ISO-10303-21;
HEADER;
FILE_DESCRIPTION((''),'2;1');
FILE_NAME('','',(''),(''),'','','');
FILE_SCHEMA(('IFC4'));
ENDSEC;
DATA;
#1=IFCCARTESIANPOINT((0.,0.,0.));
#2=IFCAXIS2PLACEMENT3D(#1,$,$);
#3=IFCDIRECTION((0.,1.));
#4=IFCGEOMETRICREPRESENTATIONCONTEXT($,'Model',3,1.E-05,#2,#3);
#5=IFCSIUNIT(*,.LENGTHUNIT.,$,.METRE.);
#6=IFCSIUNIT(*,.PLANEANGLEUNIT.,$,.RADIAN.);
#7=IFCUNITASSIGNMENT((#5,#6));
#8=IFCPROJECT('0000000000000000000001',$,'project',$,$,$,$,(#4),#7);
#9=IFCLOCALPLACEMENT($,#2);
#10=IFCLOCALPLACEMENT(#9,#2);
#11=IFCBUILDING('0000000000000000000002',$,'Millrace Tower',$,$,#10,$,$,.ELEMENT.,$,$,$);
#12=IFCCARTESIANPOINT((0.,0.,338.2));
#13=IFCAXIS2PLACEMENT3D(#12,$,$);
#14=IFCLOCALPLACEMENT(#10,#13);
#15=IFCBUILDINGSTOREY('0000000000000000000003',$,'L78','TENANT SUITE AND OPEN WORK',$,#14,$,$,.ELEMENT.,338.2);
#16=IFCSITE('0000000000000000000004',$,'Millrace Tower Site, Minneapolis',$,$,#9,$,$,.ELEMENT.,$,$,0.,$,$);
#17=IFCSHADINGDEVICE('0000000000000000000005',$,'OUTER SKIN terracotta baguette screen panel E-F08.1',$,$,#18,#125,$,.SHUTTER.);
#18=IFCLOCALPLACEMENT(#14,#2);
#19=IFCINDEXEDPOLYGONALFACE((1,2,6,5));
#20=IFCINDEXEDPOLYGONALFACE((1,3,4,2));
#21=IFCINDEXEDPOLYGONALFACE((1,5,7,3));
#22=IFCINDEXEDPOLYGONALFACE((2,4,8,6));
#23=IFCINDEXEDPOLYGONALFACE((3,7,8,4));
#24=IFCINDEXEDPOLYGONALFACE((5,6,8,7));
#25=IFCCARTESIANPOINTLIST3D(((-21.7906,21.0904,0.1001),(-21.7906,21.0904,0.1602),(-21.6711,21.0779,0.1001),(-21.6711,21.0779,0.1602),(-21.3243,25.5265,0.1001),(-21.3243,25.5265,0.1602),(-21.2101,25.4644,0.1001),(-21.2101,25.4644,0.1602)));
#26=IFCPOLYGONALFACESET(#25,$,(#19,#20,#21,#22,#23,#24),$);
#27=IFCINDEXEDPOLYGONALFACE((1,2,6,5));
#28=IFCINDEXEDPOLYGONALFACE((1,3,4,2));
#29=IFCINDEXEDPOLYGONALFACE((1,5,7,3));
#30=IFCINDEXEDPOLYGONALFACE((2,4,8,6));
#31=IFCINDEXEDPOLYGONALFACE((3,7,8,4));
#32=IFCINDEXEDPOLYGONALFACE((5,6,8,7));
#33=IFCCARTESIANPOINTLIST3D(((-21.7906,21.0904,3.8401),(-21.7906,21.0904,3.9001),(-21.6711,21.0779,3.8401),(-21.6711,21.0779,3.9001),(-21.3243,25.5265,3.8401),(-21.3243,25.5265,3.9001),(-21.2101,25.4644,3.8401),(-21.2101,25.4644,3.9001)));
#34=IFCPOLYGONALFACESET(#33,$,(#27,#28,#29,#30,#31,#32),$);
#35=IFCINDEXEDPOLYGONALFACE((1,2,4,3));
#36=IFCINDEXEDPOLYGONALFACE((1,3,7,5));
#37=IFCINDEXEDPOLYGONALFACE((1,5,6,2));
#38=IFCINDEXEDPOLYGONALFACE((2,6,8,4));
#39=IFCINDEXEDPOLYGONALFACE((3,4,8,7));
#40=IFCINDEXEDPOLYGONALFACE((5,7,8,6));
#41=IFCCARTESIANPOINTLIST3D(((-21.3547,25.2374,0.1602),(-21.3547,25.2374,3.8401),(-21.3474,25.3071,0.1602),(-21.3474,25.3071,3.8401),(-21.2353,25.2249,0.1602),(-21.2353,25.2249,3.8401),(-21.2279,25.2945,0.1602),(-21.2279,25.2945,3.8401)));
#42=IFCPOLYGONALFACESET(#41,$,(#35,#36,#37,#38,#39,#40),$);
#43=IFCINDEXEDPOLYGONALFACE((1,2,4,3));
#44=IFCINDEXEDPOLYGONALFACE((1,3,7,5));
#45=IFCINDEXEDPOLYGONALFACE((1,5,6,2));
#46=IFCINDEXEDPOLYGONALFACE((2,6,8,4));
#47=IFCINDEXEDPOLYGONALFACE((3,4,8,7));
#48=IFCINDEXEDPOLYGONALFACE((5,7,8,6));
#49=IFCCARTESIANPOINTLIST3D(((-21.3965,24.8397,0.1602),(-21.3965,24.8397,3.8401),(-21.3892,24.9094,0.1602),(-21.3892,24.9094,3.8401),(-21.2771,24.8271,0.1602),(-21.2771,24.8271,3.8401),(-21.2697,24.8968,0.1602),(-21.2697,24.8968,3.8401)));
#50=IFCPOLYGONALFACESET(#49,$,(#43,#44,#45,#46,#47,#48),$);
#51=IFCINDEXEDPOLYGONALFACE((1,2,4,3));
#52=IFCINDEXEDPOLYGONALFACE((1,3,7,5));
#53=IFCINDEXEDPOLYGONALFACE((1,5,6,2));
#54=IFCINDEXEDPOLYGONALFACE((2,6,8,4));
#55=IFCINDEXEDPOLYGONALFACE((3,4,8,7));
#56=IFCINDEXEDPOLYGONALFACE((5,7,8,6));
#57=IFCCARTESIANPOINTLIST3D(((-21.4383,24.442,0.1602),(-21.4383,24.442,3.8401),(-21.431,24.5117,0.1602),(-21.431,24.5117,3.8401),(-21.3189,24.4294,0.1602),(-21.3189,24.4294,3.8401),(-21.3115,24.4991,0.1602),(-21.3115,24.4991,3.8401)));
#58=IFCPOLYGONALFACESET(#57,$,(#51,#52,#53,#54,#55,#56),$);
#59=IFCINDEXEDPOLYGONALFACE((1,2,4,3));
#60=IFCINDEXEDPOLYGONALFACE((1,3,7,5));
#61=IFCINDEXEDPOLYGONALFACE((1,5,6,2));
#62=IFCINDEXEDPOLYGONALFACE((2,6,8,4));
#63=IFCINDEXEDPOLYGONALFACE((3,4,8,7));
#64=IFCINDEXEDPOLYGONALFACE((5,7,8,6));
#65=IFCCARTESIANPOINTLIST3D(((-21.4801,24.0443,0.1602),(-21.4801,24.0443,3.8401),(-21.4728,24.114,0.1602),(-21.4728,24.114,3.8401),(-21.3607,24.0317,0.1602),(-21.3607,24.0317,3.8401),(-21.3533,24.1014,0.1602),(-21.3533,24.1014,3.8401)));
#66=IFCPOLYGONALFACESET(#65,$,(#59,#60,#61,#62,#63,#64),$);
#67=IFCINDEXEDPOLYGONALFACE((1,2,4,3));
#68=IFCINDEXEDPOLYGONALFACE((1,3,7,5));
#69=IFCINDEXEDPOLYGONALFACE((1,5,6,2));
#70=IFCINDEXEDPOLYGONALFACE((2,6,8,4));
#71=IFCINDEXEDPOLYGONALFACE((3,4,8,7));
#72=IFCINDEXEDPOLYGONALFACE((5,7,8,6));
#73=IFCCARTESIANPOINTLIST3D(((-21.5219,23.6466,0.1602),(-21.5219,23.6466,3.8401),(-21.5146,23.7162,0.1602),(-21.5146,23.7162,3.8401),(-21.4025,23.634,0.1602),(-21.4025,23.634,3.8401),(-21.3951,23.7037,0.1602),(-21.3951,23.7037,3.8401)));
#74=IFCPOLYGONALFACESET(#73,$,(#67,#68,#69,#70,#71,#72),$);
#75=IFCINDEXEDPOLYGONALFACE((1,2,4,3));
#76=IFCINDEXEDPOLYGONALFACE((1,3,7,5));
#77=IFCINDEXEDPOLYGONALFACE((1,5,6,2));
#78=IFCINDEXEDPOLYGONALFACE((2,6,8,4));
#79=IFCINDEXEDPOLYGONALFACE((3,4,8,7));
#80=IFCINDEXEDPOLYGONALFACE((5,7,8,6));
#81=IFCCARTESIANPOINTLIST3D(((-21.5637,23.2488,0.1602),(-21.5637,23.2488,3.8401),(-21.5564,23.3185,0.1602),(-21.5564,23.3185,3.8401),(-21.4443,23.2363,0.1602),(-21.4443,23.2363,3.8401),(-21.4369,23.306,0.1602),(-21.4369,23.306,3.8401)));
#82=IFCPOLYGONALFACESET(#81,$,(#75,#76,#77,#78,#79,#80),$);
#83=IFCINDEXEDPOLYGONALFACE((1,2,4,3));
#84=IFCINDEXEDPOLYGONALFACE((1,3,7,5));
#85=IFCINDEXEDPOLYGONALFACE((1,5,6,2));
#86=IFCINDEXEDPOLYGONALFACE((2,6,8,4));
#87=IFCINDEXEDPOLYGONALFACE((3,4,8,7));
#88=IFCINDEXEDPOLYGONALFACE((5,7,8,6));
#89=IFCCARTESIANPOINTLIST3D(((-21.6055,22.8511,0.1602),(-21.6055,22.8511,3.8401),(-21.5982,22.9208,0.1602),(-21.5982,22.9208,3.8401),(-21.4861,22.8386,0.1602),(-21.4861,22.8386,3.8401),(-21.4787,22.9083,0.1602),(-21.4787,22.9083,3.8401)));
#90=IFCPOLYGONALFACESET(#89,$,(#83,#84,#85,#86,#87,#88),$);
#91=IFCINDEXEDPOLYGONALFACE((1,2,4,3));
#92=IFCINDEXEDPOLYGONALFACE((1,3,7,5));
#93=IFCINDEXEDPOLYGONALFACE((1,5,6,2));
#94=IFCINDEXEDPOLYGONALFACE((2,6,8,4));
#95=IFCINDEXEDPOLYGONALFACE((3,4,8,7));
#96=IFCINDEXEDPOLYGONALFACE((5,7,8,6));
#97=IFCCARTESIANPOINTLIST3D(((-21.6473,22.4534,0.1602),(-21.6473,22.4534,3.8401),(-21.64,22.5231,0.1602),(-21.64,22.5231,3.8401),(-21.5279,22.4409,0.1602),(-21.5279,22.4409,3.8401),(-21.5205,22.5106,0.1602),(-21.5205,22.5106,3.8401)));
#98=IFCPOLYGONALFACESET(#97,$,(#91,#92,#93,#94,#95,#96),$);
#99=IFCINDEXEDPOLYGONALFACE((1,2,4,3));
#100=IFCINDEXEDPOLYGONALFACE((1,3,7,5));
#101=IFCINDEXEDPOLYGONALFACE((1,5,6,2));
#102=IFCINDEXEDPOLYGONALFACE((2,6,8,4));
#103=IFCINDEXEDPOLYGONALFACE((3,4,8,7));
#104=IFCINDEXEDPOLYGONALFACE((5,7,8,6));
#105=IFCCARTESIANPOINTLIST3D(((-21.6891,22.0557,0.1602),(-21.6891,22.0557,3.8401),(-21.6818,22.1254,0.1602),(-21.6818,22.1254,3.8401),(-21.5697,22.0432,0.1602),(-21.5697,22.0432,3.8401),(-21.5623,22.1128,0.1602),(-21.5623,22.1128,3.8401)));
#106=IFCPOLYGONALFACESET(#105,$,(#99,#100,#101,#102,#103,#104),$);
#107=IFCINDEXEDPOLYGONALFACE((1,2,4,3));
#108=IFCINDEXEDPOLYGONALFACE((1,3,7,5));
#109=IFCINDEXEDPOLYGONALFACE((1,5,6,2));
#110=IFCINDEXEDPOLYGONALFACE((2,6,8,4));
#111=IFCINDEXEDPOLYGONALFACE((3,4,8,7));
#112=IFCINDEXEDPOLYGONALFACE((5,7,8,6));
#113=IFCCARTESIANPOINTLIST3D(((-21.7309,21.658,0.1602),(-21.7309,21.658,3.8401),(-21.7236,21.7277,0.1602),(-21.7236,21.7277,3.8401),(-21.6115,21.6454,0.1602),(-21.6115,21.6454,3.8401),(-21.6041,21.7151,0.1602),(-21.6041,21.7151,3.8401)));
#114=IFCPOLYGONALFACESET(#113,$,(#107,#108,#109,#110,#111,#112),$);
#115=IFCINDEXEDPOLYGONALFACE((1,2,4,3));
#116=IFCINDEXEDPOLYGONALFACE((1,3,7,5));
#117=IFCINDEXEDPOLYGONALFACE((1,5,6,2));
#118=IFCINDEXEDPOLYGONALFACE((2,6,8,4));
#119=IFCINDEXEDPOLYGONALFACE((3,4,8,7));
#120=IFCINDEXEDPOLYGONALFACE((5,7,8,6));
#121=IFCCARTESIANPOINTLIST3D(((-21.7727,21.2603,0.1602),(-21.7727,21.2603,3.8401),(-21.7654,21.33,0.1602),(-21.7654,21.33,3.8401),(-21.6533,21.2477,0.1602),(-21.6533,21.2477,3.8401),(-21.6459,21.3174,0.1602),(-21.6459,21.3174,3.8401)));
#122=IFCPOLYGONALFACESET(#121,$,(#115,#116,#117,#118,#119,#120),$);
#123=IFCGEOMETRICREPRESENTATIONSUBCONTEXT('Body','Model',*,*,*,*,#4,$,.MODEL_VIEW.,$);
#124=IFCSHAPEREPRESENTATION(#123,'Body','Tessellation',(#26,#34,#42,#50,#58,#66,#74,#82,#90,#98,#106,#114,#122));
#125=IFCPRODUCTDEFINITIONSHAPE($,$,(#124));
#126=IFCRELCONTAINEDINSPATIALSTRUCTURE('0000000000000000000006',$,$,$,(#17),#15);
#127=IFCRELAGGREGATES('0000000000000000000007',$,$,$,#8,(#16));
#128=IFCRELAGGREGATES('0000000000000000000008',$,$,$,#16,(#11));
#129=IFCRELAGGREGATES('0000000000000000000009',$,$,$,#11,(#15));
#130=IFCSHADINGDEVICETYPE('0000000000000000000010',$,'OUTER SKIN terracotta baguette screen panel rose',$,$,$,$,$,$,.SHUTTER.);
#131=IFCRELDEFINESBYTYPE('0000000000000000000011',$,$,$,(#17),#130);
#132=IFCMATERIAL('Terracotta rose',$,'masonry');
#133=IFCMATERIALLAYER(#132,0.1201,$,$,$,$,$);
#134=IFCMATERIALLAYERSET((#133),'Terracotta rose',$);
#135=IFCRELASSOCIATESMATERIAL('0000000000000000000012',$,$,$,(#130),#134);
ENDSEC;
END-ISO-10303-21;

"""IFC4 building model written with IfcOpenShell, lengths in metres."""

from ifc_helpers import new_model, entity, si_unit, direction, frame, frame_2d, origin, place, context, subcontext, project, spatial, rectangle, extrude, source, transform, mapped, material, layer, layer_set, type_object, element, save


model = new_model("IFC4")

# Units and contexts
model_context = context("Model", 3, precision=1e-05, world=origin(), true_north=direction((0.0, 1.0)))
body_context = subcontext(model_context, "Body", "Model", "MODEL_VIEW")
ifc_project = project(units=[si_unit("LENGTHUNIT", "METRE"), si_unit("PLANEANGLEUNIT", "RADIAN")], contexts=[model_context])

# Site, building, storey
site_placement = place(None, origin())
site = spatial("IfcSite", under=ifc_project, at=site_placement, Name="Millrace Tower Site, Minneapolis", CompositionType="ELEMENT", RefElevation=0.0)
building_placement = place(site_placement, origin())
building = spatial("IfcBuilding", under=site, at=building_placement, Name="Millrace Tower", CompositionType="ELEMENT")
storey_placement = place(building_placement, frame((0.0, 0.0, 338.2)))
storey = spatial("IfcBuildingStorey", under=building, at=storey_placement, Name="L78", Description="TENANT SUITE AND OPEN WORK", CompositionType="ELEMENT", Elevation=338.2)

# Shading device
ifc_material_1 = material(Name="Terracotta rose", Category="masonry")
ifc_layer_1 = layer(ifc_material_1, 0.1201)
ifc_layer_set_1 = layer_set([ifc_layer_1], Name="Terracotta rose")
shading_device_type = type_object("IfcShadingDeviceType", Name="OUTER SKIN terracotta baguette screen panel rose", PredefinedType="SHUTTER", material=ifc_layer_set_1)
cartesian_point_1 = entity("IfcCartesianPoint", [-2.1929, 0.0601])
shared_polyline_1 = entity("IfcPolyline", [cartesian_point_1, entity("IfcCartesianPoint", [2.2178, 0.0601]), entity("IfcCartesianPoint", [2.2178, -0.0601]), entity("IfcCartesianPoint", [-2.2427, -0.0601]), cartesian_point_1])
shared_shape_1 = source(origin(), body_context, "Body", "SweptSolid", [
    entity("IfcExtrudedAreaSolid", entity("IfcArbitraryClosedProfileDef", "AREA", None, shared_polyline_1), entity("IfcAxis2Placement3D", entity("IfcCartesianPoint", [0.0, 0.0, 0.0])), entity("IfcDirection", [0.0, 0.0, 1.0]), 0.0601),
    entity("IfcExtrudedAreaSolid", entity("IfcArbitraryClosedProfileDef", "AREA", None, shared_polyline_1), entity("IfcAxis2Placement3D", entity("IfcCartesianPoint", [0.0, 0.0, 3.74])), entity("IfcDirection", [0.0, 0.0, 1.0]), 0.0601),
    extrude(rectangle(XDim=0.0701, YDim=0.1201, at=frame_2d((-1.9871, 0.0))), frame((0.0, 0.0, 0.0601)), (0.0, 0.0, 1.0), 3.6799),
    extrude(rectangle(XDim=0.0701, YDim=0.1201, at=frame_2d((-1.5872, 0.0))), frame((0.0, 0.0, 0.0601)), (0.0, 0.0, 1.0), 3.6799),
    extrude(rectangle(XDim=0.0701, YDim=0.1201, at=frame_2d((-1.1873, 0.0))), frame((0.0, 0.0, 0.0601)), (0.0, 0.0, 1.0), 3.6799),
    extrude(rectangle(XDim=0.0701, YDim=0.1201, at=frame_2d((-0.7874, 0.0))), frame((0.0, 0.0, 0.0601)), (0.0, 0.0, 1.0), 3.6799),
    extrude(rectangle(XDim=0.0701, YDim=0.1201, at=frame_2d((-0.3875, 0.0))), frame((0.0, 0.0, 0.0601)), (0.0, 0.0, 1.0), 3.6799),
    extrude(rectangle(XDim=0.0701, YDim=0.1201, at=frame_2d((0.0125, 0.0))), frame((0.0, 0.0, 0.0601)), (0.0, 0.0, 1.0), 3.6799),
    extrude(rectangle(XDim=0.0701, YDim=0.1201, at=frame_2d((0.4124, 0.0))), frame((0.0, 0.0, 0.0601)), (0.0, 0.0, 1.0), 3.6799),
    extrude(rectangle(XDim=0.0701, YDim=0.1201, at=frame_2d((0.8123, 0.0))), frame((0.0, 0.0, 0.0601)), (0.0, 0.0, 1.0), 3.6799),
    extrude(rectangle(XDim=0.0701, YDim=0.1201, at=frame_2d((1.2122, 0.0))), frame((0.0, 0.0, 0.0601)), (0.0, 0.0, 1.0), 3.6799),
    extrude(rectangle(XDim=0.0701, YDim=0.1201, at=frame_2d((1.6121, 0.0))), frame((0.0, 0.0, 0.0601)), (0.0, 0.0, 1.0), 3.6799),
    extrude(rectangle(XDim=0.0701, YDim=0.1201, at=frame_2d((2.012, 0.0))), frame((0.0, 0.0, 0.0601)), (0.0, 0.0, 1.0), 3.6799),
])
shading_device_1_placement = place(storey_placement, frame((-21.499, 23.2898, 0.1001), z_axis=(0.0, 0.0, 1.0), x_axis=(-0.104528, -0.994522, 0.0)))
element("IfcShadingDevice", 1, at=shading_device_1_placement, inside=storey, type_object=shading_device_type, Name="OUTER SKIN terracotta baguette screen panel E-F08.1", PredefinedType="SHUTTER", context=body_context, shape_type="MappedRepresentation", body=[
    mapped(shared_shape_1, transform((0.0, 0.0, 0.0), scale=1.0)),
])

save(model, "model.ifc")
